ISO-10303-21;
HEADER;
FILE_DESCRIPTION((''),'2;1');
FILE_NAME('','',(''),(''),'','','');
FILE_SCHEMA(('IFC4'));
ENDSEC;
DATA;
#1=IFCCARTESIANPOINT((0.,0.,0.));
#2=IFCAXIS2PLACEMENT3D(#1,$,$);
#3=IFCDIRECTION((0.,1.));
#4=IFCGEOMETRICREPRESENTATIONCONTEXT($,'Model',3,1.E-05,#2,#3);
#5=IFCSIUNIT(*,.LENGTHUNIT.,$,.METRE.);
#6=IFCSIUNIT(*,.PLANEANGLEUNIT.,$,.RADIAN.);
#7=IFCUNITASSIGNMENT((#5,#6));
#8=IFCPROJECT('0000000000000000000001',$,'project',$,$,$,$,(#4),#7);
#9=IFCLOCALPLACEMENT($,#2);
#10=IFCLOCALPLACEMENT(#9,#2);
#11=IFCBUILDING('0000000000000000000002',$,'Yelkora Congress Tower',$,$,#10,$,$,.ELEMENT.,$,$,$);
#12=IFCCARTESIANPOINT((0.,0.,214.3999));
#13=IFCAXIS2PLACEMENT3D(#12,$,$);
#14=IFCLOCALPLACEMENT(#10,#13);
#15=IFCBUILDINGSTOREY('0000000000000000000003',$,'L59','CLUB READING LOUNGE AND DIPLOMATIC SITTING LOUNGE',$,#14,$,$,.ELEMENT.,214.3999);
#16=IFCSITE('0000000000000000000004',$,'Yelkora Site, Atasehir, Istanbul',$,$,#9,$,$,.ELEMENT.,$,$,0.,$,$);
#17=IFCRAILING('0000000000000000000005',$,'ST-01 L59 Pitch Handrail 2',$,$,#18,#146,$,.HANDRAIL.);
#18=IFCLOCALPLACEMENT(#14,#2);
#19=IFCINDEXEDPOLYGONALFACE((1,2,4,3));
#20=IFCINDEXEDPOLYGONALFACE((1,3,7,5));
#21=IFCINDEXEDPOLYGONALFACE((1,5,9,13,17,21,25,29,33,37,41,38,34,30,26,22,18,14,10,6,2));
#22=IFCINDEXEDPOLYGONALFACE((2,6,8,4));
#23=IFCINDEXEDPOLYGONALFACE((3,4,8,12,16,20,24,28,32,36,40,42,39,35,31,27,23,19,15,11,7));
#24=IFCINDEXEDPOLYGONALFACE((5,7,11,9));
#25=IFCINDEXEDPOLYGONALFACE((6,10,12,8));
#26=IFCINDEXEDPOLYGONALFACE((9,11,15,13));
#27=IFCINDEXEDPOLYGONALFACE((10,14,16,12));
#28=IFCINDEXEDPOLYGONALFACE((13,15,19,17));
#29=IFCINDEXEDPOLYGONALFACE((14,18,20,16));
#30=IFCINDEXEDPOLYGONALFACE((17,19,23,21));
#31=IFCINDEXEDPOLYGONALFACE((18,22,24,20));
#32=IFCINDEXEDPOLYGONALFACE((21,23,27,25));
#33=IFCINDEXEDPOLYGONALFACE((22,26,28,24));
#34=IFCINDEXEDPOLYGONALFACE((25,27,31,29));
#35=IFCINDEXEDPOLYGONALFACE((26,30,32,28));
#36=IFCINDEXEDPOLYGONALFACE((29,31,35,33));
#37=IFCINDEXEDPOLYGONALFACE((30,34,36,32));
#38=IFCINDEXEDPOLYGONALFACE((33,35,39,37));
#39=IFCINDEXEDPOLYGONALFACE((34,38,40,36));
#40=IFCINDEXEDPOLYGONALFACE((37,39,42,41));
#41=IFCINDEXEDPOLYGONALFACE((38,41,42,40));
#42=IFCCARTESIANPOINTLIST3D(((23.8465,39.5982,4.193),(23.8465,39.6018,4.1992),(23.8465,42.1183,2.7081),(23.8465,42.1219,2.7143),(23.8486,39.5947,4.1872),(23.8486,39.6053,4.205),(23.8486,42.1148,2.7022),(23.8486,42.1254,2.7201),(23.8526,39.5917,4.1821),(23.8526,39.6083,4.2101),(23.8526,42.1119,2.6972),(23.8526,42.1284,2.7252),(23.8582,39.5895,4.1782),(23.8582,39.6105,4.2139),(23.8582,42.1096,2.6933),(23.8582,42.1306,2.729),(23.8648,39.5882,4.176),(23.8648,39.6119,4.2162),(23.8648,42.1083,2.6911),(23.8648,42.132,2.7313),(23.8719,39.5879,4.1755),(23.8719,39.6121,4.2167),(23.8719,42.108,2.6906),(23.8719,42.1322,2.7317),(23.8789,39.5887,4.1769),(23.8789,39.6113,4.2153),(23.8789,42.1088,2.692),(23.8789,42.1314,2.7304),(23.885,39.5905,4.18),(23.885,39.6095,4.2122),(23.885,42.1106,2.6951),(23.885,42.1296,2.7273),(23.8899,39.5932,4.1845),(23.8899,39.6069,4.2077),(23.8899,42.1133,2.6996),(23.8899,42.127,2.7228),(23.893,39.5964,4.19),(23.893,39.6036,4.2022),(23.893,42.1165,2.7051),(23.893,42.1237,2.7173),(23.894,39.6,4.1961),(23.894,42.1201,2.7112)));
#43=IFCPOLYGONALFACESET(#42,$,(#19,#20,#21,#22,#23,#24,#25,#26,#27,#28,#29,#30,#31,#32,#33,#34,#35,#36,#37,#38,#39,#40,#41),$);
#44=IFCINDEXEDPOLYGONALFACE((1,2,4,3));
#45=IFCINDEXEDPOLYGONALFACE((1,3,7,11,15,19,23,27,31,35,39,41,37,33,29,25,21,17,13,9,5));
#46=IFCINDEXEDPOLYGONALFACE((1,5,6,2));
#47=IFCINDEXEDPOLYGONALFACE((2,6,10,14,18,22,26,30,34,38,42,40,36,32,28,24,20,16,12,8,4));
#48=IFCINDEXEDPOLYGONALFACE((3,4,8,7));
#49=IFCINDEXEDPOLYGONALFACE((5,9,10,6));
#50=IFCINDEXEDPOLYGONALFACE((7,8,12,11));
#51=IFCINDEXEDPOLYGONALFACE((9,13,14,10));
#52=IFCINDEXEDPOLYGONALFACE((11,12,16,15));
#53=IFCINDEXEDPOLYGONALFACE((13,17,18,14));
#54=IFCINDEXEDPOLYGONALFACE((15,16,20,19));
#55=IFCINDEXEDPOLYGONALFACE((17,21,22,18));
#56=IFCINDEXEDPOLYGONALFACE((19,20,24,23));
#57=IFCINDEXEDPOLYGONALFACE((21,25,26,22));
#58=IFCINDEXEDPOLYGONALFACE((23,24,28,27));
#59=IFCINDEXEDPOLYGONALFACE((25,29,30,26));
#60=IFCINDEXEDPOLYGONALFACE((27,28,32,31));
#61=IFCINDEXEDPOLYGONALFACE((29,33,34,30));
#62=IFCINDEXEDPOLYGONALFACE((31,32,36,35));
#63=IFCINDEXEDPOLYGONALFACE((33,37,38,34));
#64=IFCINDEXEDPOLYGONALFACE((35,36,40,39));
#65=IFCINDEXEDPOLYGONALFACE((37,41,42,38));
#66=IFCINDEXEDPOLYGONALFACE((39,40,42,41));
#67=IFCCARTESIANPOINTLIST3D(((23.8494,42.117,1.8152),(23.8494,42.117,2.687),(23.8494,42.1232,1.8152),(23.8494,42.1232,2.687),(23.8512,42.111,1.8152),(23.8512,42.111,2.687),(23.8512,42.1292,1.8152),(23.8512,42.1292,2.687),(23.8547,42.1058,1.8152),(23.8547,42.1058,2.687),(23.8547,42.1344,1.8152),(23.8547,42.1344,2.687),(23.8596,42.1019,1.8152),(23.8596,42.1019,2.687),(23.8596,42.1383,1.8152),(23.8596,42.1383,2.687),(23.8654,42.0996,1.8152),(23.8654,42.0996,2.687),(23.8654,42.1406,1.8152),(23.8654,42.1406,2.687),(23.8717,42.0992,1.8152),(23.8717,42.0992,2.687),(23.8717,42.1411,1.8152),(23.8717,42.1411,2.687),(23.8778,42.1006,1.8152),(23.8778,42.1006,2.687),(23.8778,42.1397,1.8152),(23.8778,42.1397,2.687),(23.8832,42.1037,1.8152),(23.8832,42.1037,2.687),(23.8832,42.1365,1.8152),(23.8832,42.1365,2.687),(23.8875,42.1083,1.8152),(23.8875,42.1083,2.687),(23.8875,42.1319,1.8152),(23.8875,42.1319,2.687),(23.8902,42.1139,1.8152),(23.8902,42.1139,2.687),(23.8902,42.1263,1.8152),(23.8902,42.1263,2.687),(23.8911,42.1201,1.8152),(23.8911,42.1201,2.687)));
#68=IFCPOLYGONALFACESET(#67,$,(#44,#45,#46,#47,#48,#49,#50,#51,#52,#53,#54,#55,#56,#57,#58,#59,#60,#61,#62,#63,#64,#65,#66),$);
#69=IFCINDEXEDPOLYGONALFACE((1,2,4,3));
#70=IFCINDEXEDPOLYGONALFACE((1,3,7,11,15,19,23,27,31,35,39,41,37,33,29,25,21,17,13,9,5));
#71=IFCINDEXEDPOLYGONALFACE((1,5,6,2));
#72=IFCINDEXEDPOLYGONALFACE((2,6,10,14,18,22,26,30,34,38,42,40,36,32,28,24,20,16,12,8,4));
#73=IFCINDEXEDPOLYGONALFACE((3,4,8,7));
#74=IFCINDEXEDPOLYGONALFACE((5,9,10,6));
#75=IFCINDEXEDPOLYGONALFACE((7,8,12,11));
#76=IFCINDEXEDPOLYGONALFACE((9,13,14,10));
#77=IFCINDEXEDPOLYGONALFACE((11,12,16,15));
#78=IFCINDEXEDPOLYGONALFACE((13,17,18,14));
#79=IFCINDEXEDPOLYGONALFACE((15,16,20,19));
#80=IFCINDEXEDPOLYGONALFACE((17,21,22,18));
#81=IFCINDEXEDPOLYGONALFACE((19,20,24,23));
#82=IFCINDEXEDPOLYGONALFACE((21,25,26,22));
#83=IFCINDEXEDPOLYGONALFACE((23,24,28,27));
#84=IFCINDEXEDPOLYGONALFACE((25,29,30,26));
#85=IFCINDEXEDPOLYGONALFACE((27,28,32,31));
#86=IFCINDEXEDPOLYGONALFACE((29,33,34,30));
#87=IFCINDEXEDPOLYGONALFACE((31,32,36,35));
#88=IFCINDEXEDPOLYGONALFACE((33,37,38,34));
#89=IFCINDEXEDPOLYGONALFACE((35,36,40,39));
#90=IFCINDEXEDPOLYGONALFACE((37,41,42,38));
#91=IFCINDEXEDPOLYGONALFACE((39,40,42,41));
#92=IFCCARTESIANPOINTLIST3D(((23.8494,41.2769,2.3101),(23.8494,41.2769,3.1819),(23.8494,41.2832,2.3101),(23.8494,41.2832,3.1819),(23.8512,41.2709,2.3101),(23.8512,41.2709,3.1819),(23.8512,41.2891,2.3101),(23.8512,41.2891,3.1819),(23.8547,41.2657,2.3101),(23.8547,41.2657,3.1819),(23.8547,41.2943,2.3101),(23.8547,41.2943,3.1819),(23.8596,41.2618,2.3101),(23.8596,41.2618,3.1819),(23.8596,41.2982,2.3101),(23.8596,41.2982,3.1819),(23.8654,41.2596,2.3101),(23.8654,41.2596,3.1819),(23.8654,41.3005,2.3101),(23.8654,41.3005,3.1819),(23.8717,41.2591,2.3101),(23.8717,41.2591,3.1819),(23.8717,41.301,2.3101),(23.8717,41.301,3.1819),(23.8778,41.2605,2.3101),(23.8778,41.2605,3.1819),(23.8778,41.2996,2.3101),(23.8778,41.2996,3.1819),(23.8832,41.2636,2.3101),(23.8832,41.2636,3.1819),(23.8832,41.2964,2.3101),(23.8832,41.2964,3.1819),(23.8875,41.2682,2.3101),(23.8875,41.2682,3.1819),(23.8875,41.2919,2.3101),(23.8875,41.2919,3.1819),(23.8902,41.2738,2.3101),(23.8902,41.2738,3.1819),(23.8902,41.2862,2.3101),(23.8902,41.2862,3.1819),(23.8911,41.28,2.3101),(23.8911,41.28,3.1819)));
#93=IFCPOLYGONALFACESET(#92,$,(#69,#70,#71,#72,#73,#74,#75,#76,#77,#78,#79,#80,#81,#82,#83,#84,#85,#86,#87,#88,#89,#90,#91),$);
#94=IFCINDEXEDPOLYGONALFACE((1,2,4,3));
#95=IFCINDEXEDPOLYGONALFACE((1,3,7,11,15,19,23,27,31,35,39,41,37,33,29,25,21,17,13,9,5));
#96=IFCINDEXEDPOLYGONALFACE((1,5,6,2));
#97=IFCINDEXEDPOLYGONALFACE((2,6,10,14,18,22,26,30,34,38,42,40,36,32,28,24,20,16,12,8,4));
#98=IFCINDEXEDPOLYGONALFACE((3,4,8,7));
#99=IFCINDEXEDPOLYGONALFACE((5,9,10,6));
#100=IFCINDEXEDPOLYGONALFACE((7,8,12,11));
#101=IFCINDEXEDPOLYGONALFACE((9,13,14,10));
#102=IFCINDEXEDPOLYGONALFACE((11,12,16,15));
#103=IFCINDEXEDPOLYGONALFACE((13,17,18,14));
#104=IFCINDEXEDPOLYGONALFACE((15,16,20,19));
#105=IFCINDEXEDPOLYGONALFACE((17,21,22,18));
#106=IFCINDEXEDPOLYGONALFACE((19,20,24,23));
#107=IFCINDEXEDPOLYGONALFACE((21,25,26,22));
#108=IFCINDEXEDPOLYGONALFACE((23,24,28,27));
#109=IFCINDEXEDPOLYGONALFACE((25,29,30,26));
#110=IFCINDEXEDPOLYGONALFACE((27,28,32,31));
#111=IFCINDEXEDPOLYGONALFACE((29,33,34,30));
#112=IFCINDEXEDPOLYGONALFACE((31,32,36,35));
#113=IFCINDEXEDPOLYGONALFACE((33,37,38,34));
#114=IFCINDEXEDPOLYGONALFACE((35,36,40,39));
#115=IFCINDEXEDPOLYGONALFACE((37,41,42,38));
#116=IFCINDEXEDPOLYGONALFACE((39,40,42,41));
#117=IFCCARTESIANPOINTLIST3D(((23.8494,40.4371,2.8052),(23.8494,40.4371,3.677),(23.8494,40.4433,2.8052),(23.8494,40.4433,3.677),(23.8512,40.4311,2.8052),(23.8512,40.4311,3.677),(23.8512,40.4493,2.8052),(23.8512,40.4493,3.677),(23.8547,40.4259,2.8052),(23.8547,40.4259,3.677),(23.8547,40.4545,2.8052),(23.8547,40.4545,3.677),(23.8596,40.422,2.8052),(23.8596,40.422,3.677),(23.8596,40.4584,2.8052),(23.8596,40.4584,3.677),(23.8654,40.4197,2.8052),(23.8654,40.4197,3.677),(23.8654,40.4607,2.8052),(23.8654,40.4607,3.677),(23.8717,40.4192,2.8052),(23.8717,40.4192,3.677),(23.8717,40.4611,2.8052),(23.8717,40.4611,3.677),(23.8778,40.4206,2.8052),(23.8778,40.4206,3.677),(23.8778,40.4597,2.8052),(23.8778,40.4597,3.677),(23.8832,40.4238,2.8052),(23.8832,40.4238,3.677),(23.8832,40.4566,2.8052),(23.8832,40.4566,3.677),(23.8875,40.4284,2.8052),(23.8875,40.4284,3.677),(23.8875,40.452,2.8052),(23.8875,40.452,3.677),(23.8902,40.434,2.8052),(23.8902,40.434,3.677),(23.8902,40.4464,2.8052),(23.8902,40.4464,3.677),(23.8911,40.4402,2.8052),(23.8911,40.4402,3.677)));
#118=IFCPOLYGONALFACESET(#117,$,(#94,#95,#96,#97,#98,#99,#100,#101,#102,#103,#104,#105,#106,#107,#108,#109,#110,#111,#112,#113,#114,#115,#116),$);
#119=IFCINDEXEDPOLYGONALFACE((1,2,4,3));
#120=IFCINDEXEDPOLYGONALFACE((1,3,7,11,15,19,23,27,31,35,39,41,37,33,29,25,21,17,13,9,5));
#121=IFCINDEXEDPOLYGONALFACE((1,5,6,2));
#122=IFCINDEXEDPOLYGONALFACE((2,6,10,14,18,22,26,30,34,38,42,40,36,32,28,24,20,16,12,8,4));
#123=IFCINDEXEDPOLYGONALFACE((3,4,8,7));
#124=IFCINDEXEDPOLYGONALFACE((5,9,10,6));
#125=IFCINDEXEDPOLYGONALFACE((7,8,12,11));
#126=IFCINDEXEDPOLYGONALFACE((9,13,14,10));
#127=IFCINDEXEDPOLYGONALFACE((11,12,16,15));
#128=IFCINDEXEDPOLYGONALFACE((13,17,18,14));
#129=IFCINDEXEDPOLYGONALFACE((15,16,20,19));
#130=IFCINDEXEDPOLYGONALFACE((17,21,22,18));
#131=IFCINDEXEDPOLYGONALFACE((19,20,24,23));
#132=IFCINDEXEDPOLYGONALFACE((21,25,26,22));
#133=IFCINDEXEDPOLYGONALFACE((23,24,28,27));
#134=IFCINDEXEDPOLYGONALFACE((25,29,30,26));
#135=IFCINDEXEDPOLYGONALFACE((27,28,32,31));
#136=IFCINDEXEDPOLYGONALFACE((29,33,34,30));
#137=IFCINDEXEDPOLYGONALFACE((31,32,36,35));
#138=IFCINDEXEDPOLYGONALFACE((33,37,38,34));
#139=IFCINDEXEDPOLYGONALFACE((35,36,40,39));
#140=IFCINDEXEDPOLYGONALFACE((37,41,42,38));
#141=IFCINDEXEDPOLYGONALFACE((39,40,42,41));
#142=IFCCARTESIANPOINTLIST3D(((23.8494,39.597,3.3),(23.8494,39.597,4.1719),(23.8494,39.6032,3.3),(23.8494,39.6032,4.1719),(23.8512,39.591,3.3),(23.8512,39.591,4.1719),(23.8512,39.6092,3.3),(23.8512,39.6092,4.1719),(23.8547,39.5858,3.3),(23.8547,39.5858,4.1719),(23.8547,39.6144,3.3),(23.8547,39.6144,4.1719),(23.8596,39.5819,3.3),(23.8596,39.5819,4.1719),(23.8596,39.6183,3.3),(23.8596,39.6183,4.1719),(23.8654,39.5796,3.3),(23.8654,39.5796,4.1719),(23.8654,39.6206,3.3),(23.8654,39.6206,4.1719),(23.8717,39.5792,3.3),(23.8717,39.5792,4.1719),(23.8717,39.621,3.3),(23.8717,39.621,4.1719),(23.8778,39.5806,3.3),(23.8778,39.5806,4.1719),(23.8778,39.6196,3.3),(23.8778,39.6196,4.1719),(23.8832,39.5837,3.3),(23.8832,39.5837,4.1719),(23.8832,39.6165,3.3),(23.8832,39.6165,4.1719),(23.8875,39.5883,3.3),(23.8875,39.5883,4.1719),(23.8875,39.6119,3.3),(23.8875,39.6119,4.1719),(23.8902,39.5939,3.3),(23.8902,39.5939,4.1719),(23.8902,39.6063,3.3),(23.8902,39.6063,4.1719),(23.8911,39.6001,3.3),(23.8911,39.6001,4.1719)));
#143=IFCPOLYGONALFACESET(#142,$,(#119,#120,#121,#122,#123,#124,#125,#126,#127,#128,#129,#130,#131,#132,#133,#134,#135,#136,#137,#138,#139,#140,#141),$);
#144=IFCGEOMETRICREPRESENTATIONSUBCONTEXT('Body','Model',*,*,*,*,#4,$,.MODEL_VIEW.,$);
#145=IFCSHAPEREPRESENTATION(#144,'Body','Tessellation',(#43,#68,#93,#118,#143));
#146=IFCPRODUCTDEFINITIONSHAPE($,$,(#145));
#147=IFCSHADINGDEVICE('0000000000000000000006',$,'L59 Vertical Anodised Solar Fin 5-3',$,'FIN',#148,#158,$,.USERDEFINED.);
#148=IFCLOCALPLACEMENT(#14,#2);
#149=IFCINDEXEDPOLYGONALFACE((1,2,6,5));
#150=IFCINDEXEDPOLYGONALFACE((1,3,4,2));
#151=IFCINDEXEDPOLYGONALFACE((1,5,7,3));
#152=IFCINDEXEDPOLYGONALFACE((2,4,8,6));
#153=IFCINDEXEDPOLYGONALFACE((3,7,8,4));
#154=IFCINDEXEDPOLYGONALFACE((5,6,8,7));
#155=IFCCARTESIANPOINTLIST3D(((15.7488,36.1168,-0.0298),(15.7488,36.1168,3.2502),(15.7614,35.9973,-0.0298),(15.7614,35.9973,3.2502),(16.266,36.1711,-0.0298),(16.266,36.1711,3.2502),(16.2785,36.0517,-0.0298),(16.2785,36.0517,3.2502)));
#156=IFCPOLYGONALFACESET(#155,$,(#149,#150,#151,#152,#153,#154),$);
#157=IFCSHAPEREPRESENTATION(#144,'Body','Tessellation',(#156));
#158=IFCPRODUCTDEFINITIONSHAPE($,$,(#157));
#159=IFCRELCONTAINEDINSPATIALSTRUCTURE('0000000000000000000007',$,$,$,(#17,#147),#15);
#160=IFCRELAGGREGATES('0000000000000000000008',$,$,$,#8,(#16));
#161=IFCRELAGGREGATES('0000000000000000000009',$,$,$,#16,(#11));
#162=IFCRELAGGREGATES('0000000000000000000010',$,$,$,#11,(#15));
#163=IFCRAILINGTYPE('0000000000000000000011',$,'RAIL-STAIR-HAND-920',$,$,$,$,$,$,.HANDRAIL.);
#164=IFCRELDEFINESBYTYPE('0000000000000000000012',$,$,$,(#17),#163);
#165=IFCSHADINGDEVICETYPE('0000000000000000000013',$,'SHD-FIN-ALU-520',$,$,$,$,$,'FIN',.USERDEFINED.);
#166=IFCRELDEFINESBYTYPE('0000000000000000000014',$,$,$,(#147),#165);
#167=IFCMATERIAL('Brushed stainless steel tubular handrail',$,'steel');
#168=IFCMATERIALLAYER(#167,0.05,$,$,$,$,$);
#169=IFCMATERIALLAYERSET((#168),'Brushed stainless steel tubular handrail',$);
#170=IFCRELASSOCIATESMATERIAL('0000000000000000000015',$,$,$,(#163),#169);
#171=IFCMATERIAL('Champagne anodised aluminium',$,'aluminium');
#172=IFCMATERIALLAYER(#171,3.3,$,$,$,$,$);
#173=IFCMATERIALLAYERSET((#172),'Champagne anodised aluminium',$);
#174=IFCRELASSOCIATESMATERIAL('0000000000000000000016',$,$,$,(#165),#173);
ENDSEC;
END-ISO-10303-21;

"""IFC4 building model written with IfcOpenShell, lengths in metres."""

from ifc_helpers import new_model, si_unit, direction, frame, origin, origin_2d, place, context, subcontext, project, spatial, rectangle, circle, extrude, material, layer, layer_set, type_object, element, save


model = new_model("IFC4")

# Units and contexts
model_context = context("Model", 3, precision=1e-05, world=origin(), true_north=direction((0.0, 1.0)))
body_context = subcontext(model_context, "Body", "Model", "MODEL_VIEW")
ifc_project = project(units=[si_unit("LENGTHUNIT", "METRE"), si_unit("PLANEANGLEUNIT", "RADIAN")], contexts=[model_context])

# Site, building, storey
site_placement = place(None, origin())
site = spatial("IfcSite", under=ifc_project, at=site_placement, Name="Yelkora Site, Atasehir, Istanbul", CompositionType="ELEMENT", RefElevation=0.0)
building_placement = place(site_placement, origin())
building = spatial("IfcBuilding", under=site, at=building_placement, Name="Yelkora Congress Tower", CompositionType="ELEMENT")
storey_placement = place(building_placement, frame((0.0, 0.0, 214.3999)))
storey = spatial("IfcBuildingStorey", under=building, at=storey_placement, Name="L59", Description="CLUB READING LOUNGE AND DIPLOMATIC SITTING LOUNGE", CompositionType="ELEMENT", Elevation=214.3999)

# Railing
ifc_material_1 = material(Name="Brushed stainless steel tubular handrail", Category="steel")
ifc_layer_1 = layer(ifc_material_1, 0.05)
ifc_layer_set_1 = layer_set([ifc_layer_1], Name="Brushed stainless steel tubular handrail")
railing_type_1 = type_object("IfcRailingType", Name="RAIL-STAIR-HAND-920", PredefinedType="HANDRAIL", material=ifc_layer_set_1)
railing_1_placement = place(storey_placement, frame((23.8701, 42.1201, 1.8152)))
element("IfcRailing", 1, at=railing_1_placement, inside=storey, type_object=railing_type_1, Name="ST-01 L59 Pitch Handrail 2", PredefinedType="HANDRAIL", context=body_context, shape_type="SweptSolid", body=[
    extrude(circle(Radius=0.0239, at=origin_2d()), frame((0.0, 0.0, 0.896), z_axis=(0.0, -0.861561, 0.507655), x_axis=(1.0, 0.0, 0.0)), (0.0, 0.0, 1.0), 2.925),
    extrude(circle(Radius=0.021, at=origin_2d()), origin(), (0.0, 0.0, 1.0), 0.8718),
    extrude(circle(Radius=0.021, at=origin_2d()), frame((0.0, -0.8401, 0.4949)), (0.0, 0.0, 1.0), 0.8718),
    extrude(circle(Radius=0.021, at=origin_2d()), frame((0.0, -1.6799, 0.99)), (0.0, 0.0, 1.0), 0.8718),
    extrude(circle(Radius=0.021, at=origin_2d()), frame((0.0, -2.52, 1.4849)), (0.0, 0.0, 1.0), 0.8718),
])

# Shading device
ifc_material_2 = material(Name="Champagne anodised aluminium", Category="aluminium")
ifc_layer_2 = layer(ifc_material_2, 3.3)
ifc_layer_set_2 = layer_set([ifc_layer_2], Name="Champagne anodised aluminium")
shading_device_type = type_object("IfcShadingDeviceType", Name="SHD-FIN-ALU-520", ElementType="FIN", PredefinedType="USERDEFINED", material=ifc_layer_set_2)
shading_device_placement = place(storey_placement, frame((16.0137, 36.0842, -0.0298), z_axis=(0.0, 0.0, 1.0), x_axis=(-0.104528, 0.994522, 0.0)))
element("IfcShadingDevice", 2, at=shading_device_placement, inside=storey, type_object=shading_device_type, Name="L59 Vertical Anodised Solar Fin 5-3", ObjectType="FIN", PredefinedType="USERDEFINED", context=body_context, shape_type="SweptSolid", body=[
    extrude(rectangle(XDim=0.1201, YDim=0.52, at=origin_2d()), origin(), (0.0, 0.0, 1.0), 3.28),
])

save(model, "model.ifc")
